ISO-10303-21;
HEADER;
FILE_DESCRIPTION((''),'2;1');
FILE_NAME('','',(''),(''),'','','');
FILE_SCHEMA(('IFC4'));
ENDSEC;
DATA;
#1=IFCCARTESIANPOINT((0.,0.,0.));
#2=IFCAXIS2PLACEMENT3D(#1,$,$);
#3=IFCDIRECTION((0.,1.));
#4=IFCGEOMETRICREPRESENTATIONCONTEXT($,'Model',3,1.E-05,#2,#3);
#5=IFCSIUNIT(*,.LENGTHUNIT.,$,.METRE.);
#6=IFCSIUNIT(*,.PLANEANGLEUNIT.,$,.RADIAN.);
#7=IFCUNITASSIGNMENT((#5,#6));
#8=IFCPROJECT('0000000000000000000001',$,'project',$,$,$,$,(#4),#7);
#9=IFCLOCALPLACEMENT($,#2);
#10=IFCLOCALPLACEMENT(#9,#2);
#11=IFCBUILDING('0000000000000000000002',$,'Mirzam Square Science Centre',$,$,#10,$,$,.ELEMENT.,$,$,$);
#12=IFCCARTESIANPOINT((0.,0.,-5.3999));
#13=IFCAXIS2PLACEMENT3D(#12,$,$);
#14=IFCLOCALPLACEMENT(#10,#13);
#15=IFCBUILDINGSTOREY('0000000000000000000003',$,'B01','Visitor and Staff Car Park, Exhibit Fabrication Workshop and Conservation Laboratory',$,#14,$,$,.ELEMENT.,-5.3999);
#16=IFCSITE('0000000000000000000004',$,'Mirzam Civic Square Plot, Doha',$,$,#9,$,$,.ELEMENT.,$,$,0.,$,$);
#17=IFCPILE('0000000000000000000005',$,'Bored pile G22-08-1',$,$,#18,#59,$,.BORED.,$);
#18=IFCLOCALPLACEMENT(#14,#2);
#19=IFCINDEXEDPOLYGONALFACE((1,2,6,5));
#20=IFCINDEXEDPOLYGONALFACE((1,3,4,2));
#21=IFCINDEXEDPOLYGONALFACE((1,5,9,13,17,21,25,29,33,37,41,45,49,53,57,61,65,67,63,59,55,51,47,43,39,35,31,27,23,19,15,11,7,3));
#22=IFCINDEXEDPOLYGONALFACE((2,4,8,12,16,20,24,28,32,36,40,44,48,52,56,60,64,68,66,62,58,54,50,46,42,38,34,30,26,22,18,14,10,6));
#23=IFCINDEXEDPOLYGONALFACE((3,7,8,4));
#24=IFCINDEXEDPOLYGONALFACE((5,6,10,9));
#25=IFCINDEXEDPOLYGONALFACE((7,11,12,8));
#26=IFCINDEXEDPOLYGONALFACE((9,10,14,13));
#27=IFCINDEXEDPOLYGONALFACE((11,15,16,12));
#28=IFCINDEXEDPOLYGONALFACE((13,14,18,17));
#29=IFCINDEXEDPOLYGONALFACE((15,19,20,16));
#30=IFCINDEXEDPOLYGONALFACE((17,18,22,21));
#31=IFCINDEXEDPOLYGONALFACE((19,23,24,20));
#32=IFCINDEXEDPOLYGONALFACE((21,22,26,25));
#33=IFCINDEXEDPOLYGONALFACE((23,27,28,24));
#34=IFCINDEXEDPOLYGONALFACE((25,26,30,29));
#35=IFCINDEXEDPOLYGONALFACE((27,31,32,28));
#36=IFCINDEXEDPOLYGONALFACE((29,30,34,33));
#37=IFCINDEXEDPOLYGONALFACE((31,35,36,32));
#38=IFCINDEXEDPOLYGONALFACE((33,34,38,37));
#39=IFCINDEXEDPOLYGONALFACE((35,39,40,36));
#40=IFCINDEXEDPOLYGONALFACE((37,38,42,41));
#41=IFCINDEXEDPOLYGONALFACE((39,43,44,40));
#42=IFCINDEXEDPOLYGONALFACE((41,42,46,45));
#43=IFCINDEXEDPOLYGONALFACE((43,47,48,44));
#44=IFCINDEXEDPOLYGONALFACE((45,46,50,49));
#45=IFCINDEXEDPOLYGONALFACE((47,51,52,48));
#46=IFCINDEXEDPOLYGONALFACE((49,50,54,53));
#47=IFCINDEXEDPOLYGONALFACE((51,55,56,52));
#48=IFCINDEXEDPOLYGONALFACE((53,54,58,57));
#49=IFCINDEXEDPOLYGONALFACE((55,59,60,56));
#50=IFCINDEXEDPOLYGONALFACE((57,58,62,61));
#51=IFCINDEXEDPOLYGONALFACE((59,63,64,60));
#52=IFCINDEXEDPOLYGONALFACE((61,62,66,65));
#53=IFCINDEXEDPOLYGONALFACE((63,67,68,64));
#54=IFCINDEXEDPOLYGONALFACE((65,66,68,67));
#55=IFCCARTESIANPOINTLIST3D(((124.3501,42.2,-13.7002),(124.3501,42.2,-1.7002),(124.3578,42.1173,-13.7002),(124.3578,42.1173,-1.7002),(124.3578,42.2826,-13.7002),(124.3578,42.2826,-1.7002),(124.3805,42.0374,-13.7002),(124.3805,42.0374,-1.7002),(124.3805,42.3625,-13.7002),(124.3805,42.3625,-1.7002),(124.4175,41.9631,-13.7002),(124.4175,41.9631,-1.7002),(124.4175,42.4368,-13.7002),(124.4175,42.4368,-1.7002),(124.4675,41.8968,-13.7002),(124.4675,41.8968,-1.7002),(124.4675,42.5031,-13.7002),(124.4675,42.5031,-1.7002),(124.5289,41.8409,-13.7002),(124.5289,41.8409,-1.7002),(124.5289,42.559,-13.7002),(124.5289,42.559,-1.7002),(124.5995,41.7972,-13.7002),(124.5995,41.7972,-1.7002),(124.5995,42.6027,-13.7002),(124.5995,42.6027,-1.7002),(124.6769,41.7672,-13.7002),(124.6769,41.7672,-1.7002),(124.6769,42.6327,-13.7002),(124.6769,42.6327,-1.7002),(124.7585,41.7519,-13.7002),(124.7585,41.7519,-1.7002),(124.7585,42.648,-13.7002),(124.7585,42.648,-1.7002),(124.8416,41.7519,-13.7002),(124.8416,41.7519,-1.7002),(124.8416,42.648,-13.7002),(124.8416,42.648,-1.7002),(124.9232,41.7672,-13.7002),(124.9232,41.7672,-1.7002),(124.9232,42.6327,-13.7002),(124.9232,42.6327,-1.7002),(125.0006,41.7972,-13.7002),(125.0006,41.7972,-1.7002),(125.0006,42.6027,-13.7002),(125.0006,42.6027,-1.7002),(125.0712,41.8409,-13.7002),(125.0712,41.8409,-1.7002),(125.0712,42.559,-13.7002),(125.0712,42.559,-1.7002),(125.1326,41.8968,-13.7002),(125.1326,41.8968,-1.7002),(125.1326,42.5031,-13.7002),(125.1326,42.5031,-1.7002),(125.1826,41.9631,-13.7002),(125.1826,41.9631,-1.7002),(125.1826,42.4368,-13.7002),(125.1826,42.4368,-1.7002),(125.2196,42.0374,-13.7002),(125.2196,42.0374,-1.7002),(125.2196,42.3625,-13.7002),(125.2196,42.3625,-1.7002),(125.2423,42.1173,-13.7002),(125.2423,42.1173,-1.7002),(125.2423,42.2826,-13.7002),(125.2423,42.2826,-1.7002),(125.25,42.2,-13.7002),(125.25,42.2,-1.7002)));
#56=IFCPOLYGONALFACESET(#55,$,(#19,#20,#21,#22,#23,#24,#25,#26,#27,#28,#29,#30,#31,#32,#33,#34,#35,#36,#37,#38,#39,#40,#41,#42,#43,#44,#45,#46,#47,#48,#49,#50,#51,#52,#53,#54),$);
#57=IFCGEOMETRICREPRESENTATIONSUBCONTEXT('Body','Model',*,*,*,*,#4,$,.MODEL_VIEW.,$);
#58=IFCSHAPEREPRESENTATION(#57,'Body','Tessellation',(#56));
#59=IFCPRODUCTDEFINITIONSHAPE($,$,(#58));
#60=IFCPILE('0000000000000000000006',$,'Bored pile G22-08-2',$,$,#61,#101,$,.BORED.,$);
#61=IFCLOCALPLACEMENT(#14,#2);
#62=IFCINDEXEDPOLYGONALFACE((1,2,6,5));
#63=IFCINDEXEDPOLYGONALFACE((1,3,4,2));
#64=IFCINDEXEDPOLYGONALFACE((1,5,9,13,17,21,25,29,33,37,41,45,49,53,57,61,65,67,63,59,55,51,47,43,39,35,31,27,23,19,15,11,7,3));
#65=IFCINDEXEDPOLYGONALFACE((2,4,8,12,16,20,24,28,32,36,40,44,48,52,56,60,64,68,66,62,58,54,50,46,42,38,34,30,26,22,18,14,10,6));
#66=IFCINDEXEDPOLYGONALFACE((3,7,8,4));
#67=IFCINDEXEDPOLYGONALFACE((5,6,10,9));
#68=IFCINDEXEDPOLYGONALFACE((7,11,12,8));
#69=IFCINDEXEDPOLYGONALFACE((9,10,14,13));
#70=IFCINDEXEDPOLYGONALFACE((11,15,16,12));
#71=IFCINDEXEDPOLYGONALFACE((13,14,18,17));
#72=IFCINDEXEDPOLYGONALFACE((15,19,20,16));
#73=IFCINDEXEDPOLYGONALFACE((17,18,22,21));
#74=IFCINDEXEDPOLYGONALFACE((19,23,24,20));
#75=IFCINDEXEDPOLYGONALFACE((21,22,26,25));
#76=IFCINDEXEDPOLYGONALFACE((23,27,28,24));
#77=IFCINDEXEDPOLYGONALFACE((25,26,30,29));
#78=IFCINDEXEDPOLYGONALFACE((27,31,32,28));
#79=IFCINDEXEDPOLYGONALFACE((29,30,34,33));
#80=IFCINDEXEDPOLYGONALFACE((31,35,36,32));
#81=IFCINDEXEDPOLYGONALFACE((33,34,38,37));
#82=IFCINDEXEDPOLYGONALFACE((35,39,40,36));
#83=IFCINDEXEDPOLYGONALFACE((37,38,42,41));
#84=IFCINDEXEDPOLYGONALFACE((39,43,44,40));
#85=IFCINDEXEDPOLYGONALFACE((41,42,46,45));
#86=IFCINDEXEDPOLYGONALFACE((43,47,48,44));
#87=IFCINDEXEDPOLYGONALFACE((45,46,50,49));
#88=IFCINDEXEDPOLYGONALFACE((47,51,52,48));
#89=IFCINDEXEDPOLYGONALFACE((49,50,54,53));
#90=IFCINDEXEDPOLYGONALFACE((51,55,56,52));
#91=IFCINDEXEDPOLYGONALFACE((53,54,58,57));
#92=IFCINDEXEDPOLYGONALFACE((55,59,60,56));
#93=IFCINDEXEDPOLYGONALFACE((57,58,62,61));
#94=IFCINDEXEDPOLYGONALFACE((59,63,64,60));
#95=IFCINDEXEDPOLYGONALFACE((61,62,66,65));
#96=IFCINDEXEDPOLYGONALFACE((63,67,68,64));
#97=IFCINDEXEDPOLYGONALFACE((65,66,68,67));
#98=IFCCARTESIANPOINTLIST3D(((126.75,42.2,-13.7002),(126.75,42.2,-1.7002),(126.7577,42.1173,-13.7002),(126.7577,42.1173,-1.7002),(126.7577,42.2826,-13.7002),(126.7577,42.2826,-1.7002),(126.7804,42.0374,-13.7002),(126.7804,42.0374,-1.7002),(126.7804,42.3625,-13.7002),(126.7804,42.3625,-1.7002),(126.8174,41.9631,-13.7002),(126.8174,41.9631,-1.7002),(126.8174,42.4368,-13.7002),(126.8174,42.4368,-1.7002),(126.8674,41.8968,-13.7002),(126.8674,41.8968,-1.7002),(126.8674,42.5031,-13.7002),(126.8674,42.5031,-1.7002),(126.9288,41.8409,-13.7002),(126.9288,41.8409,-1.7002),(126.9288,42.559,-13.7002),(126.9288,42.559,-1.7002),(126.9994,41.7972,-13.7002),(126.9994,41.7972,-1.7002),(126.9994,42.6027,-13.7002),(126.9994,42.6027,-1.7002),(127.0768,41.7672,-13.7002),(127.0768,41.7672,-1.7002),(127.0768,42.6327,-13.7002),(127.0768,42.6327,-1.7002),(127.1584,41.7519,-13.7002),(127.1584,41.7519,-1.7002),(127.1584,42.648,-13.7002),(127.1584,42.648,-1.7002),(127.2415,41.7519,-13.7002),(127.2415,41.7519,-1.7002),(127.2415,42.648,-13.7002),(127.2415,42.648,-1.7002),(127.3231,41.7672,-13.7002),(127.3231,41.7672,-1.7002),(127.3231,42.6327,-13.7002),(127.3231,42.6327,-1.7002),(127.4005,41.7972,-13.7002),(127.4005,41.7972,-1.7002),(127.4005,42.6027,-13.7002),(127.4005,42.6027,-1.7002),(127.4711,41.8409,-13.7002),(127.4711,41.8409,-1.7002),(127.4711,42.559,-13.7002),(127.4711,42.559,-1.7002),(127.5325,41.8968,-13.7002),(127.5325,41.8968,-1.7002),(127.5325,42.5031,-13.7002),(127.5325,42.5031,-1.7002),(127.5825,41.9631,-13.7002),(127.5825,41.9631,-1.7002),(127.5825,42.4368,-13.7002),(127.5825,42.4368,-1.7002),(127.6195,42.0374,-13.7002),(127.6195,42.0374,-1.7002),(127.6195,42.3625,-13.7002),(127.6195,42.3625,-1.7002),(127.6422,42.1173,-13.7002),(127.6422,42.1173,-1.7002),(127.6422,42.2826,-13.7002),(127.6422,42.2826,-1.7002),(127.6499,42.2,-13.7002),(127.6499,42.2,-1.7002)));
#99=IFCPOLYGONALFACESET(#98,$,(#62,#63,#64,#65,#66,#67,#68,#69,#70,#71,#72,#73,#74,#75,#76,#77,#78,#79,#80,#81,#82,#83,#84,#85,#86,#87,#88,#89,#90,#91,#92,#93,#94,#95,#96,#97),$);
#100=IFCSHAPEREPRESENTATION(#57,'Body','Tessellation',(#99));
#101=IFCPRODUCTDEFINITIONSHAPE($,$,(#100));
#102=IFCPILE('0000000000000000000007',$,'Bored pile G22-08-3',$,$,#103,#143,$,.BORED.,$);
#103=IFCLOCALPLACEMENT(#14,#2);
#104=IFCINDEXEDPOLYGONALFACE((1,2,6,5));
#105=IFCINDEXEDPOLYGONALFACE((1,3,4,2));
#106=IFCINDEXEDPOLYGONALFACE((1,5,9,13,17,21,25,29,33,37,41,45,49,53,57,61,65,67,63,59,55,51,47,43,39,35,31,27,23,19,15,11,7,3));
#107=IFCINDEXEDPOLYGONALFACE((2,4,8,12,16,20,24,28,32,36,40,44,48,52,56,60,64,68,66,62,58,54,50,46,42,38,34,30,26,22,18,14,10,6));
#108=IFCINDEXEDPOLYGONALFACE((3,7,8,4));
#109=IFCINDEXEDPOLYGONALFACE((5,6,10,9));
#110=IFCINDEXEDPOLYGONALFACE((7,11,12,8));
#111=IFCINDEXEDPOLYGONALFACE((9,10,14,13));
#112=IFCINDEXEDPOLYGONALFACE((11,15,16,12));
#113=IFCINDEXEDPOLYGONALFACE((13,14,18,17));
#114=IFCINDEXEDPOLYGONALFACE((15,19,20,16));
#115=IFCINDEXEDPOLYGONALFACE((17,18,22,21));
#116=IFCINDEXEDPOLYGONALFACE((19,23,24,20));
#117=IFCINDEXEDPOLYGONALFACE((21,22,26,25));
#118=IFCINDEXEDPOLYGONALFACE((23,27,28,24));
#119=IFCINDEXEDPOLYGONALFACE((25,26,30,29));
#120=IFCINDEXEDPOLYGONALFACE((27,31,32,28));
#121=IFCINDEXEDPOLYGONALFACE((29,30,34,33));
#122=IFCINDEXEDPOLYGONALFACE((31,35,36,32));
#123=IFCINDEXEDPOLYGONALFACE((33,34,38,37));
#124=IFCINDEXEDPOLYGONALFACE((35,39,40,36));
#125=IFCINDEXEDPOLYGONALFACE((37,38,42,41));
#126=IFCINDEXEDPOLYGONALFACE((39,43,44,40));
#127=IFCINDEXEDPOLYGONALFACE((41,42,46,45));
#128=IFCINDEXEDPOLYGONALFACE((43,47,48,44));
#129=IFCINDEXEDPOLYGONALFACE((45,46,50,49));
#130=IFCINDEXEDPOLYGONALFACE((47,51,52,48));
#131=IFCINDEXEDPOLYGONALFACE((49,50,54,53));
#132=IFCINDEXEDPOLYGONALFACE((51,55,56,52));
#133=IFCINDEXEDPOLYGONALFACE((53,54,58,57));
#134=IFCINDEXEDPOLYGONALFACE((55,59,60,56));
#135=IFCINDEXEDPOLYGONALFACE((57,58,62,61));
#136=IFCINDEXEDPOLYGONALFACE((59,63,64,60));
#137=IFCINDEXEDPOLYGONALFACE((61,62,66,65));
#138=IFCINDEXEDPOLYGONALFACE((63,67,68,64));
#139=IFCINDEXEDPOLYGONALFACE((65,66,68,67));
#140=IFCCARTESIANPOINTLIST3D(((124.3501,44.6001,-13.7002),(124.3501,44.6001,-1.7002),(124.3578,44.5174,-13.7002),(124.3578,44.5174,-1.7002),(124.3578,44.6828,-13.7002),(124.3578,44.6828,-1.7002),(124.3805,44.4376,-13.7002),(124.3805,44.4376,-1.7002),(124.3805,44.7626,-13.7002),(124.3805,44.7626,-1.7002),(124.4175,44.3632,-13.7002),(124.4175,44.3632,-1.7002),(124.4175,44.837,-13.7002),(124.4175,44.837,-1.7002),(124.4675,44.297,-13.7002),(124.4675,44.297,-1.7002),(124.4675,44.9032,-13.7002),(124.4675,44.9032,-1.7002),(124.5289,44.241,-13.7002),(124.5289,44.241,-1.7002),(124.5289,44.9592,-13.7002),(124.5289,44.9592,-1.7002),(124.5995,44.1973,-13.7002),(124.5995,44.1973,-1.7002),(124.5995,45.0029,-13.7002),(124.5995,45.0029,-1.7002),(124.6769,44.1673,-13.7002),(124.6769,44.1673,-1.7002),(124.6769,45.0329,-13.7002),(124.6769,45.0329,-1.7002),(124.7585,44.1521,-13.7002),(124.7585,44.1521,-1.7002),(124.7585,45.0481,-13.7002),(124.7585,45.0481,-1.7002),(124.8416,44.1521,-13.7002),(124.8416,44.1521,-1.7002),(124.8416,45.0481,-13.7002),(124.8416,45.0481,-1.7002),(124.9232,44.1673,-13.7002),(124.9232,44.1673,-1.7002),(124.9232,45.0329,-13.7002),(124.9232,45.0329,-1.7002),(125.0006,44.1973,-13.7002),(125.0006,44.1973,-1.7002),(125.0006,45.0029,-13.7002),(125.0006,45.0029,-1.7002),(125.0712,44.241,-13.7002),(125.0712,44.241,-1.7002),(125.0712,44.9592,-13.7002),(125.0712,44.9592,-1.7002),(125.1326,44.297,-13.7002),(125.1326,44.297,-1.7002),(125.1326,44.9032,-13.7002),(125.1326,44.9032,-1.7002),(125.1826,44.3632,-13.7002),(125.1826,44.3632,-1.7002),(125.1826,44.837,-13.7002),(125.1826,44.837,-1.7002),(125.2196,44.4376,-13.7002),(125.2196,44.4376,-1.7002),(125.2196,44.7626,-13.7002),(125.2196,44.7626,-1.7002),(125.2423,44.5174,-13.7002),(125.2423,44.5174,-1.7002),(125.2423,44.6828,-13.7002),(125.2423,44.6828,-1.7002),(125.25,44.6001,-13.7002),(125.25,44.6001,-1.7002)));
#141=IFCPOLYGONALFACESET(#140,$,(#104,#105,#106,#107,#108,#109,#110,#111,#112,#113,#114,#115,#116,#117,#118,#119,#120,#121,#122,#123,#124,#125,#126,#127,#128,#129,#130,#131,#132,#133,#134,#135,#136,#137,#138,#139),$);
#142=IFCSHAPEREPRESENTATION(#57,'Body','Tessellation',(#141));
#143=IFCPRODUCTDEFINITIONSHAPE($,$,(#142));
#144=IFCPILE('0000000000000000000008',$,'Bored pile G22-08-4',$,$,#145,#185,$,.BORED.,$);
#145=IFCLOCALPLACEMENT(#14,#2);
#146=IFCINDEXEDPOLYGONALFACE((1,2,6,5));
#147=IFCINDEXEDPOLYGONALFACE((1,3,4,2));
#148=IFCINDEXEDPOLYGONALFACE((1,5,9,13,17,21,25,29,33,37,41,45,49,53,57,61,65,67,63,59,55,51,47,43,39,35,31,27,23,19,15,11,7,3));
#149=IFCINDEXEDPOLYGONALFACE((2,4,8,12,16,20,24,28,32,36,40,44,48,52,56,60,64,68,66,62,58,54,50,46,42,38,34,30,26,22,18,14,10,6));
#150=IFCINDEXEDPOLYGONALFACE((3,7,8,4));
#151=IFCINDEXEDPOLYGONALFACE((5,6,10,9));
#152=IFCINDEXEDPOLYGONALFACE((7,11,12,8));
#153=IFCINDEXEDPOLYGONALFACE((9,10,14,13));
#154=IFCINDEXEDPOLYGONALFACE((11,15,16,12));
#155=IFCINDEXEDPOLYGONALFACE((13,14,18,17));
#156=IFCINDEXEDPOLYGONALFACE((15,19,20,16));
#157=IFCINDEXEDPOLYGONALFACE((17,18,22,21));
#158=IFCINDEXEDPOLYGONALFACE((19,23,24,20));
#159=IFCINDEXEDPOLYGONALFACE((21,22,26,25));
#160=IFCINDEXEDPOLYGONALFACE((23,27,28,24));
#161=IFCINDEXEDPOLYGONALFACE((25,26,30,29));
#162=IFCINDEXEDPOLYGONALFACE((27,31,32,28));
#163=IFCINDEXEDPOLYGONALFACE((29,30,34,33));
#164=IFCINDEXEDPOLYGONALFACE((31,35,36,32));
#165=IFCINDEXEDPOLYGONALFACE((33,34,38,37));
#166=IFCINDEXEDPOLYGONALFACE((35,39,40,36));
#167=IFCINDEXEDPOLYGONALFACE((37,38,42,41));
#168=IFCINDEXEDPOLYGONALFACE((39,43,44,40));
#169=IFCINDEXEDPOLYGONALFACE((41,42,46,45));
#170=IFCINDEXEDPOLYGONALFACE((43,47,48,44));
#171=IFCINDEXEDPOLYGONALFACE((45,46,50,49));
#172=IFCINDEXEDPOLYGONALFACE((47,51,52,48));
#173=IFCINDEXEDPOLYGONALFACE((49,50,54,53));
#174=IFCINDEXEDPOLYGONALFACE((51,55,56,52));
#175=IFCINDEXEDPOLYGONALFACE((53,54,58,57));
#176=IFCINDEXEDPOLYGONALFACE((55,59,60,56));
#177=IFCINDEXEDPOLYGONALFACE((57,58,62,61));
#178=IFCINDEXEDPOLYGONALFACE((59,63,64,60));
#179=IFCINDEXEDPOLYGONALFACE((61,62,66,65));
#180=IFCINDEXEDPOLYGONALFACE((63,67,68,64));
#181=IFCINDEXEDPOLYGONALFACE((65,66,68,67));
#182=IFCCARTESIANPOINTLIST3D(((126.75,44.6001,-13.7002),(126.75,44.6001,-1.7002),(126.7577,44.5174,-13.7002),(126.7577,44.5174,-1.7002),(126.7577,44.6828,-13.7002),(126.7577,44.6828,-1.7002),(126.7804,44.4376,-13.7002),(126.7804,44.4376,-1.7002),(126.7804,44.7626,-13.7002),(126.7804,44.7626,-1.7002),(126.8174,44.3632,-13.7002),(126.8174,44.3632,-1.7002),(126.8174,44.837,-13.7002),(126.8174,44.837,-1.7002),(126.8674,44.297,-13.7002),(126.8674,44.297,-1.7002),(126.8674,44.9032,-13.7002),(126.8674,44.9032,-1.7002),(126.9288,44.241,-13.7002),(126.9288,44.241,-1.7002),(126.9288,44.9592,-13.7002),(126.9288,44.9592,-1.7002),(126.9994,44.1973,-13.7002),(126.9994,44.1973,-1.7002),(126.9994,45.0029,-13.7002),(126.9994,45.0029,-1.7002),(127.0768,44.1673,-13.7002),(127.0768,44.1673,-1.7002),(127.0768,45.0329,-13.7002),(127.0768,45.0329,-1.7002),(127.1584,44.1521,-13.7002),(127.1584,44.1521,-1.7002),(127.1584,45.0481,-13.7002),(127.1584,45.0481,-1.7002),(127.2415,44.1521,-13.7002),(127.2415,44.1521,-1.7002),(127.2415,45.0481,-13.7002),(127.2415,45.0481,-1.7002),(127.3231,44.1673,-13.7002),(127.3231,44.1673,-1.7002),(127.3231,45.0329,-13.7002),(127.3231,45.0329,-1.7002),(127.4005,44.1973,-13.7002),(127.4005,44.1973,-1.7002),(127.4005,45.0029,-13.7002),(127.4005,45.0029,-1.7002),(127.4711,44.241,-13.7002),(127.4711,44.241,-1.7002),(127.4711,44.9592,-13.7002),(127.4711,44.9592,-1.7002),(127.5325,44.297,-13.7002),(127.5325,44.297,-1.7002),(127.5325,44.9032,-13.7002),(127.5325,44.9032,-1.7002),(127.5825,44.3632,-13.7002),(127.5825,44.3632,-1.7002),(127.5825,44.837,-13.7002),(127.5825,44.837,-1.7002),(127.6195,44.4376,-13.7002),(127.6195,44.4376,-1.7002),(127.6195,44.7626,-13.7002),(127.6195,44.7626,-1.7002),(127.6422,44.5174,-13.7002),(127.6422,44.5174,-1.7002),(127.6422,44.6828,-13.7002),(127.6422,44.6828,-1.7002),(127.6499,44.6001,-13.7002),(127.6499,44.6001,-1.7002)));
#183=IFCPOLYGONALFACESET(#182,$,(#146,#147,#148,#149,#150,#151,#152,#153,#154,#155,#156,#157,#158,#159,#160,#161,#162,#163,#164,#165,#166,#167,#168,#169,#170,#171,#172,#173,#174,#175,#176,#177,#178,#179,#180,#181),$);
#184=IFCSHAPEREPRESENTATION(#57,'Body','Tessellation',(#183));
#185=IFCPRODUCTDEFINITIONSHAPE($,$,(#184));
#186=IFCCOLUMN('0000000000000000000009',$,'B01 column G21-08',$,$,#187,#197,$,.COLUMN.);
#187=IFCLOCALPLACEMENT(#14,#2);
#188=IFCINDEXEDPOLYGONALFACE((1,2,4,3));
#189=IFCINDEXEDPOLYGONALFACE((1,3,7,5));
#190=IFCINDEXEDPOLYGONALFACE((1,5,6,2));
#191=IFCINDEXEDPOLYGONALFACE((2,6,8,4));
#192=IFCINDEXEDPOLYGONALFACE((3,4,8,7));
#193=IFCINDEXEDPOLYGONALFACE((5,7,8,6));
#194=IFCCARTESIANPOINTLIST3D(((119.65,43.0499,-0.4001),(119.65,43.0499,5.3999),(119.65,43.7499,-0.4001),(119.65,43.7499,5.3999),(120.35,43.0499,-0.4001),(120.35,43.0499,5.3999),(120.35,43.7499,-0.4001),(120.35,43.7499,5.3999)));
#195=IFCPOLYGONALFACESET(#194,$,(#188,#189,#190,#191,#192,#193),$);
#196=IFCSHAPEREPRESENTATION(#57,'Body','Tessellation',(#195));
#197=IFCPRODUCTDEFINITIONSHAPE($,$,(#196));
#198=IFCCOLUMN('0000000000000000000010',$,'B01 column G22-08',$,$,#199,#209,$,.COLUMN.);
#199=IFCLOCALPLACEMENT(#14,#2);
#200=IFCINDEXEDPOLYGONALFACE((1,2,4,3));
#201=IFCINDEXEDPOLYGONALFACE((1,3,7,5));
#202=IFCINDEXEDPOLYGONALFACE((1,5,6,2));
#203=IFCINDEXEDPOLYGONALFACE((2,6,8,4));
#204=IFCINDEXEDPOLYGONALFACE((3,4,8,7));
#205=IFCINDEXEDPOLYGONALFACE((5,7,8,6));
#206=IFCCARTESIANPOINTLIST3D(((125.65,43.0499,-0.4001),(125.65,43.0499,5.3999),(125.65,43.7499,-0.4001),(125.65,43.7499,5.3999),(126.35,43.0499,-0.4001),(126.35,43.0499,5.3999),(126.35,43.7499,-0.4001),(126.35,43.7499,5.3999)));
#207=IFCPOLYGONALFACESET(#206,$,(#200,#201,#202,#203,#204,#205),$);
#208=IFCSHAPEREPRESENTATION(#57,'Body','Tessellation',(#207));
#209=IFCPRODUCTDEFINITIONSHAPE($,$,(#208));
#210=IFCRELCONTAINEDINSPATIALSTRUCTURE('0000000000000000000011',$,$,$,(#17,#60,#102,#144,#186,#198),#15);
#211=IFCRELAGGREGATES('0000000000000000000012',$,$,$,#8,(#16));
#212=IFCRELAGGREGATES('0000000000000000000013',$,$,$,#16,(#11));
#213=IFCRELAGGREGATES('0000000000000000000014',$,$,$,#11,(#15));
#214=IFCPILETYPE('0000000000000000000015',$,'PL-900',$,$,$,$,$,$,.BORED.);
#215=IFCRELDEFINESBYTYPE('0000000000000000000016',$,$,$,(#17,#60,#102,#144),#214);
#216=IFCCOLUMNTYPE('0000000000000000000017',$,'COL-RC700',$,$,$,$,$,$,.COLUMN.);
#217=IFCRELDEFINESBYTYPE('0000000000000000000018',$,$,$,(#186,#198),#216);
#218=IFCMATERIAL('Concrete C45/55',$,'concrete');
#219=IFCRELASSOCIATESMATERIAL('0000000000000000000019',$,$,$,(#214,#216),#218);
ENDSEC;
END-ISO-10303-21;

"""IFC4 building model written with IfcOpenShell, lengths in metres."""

from ifc_helpers import new_model, si_unit, direction, frame, origin, origin_2d, place, context, subcontext, project, spatial, rectangle, circle, extrude, material, material_profile, profile_set, type_object, element, save


model = new_model("IFC4")

# Units and contexts
model_context = context("Model", 3, precision=1e-05, world=origin(), true_north=direction((0.0, 1.0)))
body_context = subcontext(model_context, "Body", "Model", "MODEL_VIEW")
ifc_project = project(units=[si_unit("LENGTHUNIT", "METRE"), si_unit("PLANEANGLEUNIT", "RADIAN")], contexts=[model_context])

# Site, building, storey
site_placement = place(None, origin())
site = spatial("IfcSite", under=ifc_project, at=site_placement, Name="Mirzam Civic Square Plot, Doha", CompositionType="ELEMENT", RefElevation=0.0)
building_placement = place(site_placement, origin())
building = spatial("IfcBuilding", under=site, at=building_placement, Name="Mirzam Square Science Centre", CompositionType="ELEMENT")
storey_placement = place(building_placement, frame((0.0, 0.0, -5.3999)))
storey = spatial("IfcBuildingStorey", under=building, at=storey_placement, Name="B01", Description="Visitor and Staff Car Park, Exhibit Fabrication Workshop and Conservation Laboratory", CompositionType="ELEMENT", Elevation=-5.3999)

# Shared definitions
ifc_material_1 = material(Name="Concrete C45/55", Category="concrete")

# Piles
ifc_material_profile_1 = material_profile(ifc_material_1, circle(Radius=0.45, at=origin_2d()), Name="PILE-D900")
ifc_profile_set_1 = profile_set([ifc_material_profile_1], Name="Concrete C45/55")
pile_type_1 = type_object("IfcPileType", Name="PL-900", PredefinedType="BORED", material=ifc_profile_set_1)
for number, where, z_axis, x_axis, name in (
    (1, (124.8, 42.2, -1.7002), (0.0, 0.0, -1.0), (1.0, 0.0, 0.0), "Bored pile G22-08-1"),
    (2, (127.2, 42.2, -1.7002), (0.0, 0.0, -1.0), (1.0, 0.0, 0.0), "Bored pile G22-08-2"),
    (3, (124.8, 44.6001, -1.7002), (0.0, 0.0, -1.0), (1.0, 0.0, 0.0), "Bored pile G22-08-3"),
    (4, (127.2, 44.6001, -1.7002), (0.0, 0.0, -1.0), (1.0, 0.0, 0.0), "Bored pile G22-08-4"),
):
    element("IfcPile", number, at=place(storey_placement, frame(where, z_axis=z_axis, x_axis=x_axis)), inside=storey, type_object=pile_type_1, Name=name, PredefinedType="BORED", context=body_context, shape_type="SweptSolid", body=[
        extrude(circle(Radius=0.45, at=origin_2d()), origin(), (0.0, 0.0, 1.0), 12.0),
    ])

# Columns
ifc_material_profile_2 = material_profile(ifc_material_1, rectangle(XDim=0.7, YDim=0.7, at=origin_2d()), Name="RC700x700")
ifc_profile_set_2 = profile_set([ifc_material_profile_2], Name="Concrete C45/55")
column_type_1 = type_object("IfcColumnType", Name="COL-RC700", PredefinedType="COLUMN", material=ifc_profile_set_2)
for number, where, z_axis, x_axis, name in (
    (5, (120.0, 43.3999, -0.4001), (0.0, 0.0, 1.0), (1.0, 0.0, 0.0), "B01 column G21-08"),
    (6, (126.0, 43.3999, -0.4001), (0.0, 0.0, 1.0), (1.0, 0.0, 0.0), "B01 column G22-08"),
):
    element("IfcColumn", number, at=place(storey_placement, frame(where, z_axis=z_axis, x_axis=x_axis)), inside=storey, type_object=column_type_1, Name=name, PredefinedType="COLUMN", context=body_context, shape_type="SweptSolid", body=[
        extrude(rectangle(XDim=0.7, YDim=0.7, at=origin_2d()), origin(), (0.0, 0.0, 1.0), 5.8),
    ])

save(model, "model.ifc")
